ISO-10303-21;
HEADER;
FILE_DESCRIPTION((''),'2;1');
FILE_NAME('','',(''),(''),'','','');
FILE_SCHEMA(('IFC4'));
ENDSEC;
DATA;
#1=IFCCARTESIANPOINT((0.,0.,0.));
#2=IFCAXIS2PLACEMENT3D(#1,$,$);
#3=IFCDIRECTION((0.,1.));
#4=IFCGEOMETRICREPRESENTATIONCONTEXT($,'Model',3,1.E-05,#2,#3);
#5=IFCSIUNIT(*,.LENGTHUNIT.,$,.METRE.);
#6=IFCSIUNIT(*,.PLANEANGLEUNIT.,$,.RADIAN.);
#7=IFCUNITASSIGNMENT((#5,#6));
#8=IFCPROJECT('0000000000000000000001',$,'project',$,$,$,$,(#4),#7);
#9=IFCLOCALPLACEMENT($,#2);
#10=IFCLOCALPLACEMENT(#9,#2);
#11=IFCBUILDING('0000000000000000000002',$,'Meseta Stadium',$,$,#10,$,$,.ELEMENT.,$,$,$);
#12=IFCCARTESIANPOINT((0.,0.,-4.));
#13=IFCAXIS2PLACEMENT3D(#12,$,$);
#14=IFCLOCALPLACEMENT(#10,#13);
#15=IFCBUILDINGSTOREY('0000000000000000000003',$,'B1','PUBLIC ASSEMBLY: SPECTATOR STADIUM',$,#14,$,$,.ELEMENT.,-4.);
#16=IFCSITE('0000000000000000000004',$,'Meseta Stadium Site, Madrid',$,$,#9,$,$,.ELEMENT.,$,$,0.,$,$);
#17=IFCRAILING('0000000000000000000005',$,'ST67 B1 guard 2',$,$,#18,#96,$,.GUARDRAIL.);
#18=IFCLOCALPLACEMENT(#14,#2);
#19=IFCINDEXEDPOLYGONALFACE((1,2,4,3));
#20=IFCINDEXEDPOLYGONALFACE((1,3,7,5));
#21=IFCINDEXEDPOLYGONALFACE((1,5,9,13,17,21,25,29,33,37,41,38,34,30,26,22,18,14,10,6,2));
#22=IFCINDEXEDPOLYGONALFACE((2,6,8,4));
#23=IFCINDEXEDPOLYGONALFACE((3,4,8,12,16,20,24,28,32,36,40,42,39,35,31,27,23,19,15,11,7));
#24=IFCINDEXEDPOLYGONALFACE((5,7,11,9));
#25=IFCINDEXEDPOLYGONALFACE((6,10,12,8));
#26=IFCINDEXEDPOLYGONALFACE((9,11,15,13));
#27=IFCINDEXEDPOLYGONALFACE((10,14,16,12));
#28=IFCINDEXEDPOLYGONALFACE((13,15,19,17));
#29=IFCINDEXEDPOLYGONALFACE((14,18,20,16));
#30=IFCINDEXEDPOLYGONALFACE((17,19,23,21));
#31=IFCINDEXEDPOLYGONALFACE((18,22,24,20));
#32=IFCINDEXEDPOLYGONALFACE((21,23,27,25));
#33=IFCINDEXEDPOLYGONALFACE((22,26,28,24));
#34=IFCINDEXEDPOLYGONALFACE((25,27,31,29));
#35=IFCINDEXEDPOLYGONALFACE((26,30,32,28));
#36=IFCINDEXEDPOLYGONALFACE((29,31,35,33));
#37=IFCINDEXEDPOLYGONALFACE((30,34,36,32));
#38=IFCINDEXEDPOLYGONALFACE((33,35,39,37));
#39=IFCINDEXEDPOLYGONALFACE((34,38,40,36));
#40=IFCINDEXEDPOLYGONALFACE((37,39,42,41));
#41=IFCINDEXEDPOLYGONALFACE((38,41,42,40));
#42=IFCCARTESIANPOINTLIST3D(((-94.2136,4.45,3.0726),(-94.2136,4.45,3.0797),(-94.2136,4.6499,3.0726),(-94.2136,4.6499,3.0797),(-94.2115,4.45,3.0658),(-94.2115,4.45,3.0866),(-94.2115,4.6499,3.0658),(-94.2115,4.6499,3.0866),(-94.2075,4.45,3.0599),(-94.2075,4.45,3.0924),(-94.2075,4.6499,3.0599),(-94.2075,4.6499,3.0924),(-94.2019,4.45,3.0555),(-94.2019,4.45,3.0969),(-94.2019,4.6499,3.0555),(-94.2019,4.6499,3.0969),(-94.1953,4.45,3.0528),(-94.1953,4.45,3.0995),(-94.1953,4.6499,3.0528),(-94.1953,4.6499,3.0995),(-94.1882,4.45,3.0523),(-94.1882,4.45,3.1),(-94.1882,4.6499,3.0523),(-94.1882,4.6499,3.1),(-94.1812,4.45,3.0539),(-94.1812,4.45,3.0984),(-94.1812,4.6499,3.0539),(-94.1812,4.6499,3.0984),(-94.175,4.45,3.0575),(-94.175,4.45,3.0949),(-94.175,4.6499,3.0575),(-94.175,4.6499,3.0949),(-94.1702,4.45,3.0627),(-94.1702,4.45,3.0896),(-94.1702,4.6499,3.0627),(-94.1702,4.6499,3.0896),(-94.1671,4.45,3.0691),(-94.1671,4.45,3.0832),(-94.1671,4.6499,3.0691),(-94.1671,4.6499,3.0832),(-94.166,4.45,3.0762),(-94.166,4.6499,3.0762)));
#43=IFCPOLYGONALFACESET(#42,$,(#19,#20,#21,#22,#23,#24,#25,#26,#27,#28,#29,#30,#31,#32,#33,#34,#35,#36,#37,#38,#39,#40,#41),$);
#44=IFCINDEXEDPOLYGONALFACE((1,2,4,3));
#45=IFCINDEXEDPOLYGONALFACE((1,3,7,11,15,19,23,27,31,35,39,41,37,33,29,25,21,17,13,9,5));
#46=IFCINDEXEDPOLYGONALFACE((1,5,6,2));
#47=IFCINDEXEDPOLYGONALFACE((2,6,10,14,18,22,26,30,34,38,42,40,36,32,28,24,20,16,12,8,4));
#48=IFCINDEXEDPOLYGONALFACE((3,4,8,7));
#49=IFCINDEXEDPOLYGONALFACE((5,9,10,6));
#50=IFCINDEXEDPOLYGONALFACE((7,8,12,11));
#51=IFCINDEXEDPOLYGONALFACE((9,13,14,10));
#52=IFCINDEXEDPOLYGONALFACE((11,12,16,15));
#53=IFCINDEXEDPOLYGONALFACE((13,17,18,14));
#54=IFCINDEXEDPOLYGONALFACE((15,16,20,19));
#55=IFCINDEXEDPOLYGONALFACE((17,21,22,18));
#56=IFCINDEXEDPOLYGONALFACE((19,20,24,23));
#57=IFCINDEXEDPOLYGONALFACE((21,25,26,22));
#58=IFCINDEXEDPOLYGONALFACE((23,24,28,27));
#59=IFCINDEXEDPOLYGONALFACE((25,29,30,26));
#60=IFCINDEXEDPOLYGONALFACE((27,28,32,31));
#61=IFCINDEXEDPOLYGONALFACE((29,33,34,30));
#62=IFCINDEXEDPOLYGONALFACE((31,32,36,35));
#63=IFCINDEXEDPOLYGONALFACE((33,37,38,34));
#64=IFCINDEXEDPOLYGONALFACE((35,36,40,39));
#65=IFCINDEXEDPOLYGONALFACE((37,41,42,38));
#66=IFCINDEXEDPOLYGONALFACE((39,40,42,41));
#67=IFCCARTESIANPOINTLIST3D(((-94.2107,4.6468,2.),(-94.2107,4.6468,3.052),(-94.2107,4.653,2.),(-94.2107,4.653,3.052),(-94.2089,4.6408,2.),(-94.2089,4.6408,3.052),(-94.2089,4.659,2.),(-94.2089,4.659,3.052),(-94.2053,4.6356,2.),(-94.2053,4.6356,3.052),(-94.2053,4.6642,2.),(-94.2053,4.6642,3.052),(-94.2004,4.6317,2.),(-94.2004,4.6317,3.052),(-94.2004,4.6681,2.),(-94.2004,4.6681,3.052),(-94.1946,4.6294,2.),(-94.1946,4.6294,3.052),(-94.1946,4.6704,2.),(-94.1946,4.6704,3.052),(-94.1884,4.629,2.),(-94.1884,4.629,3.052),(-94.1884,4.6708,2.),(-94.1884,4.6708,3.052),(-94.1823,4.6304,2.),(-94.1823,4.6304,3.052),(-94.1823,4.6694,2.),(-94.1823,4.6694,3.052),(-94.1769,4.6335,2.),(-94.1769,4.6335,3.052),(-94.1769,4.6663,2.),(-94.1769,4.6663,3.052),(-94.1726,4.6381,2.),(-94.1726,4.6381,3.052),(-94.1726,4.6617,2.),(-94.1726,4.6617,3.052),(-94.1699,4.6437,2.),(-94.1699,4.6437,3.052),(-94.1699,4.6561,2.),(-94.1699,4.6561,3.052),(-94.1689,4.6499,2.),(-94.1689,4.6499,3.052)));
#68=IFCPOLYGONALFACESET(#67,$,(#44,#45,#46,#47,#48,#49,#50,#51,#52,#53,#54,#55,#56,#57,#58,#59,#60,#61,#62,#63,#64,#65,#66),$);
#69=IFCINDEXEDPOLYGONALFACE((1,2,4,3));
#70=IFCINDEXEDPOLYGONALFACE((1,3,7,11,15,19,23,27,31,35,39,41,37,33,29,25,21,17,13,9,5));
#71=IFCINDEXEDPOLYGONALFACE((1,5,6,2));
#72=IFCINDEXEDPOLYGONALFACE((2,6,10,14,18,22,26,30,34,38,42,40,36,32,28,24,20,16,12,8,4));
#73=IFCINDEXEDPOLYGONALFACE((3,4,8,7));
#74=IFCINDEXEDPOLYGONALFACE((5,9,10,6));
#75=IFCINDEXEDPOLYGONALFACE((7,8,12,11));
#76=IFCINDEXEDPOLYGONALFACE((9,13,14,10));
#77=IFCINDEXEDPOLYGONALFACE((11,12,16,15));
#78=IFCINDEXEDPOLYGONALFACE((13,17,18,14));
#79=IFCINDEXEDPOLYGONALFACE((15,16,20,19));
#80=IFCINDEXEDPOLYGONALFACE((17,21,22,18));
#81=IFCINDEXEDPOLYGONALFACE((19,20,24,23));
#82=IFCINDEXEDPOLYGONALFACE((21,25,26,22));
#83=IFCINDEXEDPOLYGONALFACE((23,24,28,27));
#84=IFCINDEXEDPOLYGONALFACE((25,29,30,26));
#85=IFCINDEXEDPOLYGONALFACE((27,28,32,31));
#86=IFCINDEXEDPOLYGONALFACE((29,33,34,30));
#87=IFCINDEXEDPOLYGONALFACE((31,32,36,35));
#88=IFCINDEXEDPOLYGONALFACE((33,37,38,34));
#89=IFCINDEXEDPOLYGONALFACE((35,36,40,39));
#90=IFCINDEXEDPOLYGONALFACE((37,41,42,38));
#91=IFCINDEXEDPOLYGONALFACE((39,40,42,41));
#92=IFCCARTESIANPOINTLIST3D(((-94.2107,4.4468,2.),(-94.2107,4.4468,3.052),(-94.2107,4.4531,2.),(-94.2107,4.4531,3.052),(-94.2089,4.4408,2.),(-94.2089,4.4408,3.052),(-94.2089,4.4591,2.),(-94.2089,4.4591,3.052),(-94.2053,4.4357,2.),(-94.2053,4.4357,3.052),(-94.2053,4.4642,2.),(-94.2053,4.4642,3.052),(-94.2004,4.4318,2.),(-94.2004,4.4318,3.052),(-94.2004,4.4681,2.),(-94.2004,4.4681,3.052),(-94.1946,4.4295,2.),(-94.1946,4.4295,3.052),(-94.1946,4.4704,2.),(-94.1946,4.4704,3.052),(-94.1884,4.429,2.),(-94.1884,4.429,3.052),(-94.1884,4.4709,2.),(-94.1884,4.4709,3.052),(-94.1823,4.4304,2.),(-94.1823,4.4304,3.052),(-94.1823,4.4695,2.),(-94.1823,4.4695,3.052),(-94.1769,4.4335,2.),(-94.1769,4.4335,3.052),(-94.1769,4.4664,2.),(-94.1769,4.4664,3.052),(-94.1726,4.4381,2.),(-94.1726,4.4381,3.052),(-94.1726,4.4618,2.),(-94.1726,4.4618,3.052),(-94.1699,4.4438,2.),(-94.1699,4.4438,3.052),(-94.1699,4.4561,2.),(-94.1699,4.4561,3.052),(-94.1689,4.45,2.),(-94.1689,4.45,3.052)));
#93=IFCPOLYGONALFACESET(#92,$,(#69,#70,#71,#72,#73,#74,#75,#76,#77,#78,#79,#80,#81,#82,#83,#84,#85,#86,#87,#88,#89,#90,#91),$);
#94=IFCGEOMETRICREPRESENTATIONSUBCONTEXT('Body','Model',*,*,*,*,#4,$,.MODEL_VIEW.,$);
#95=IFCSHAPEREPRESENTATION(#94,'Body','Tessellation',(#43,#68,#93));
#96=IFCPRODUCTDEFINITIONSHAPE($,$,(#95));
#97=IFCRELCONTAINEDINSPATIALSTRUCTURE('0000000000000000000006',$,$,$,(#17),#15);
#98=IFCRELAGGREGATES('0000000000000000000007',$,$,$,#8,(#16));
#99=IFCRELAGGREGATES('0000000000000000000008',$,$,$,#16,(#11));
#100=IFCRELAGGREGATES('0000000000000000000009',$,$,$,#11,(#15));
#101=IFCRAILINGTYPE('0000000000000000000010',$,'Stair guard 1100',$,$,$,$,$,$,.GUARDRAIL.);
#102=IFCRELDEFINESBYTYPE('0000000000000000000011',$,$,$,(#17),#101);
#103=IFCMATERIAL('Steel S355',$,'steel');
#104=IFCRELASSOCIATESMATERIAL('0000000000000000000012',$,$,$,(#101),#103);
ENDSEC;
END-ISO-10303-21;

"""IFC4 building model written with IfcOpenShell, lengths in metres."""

from ifc_helpers import new_model, si_unit, direction, frame, origin, origin_2d, place, context, subcontext, project, spatial, circle, extrude, material, type_object, element, save


model = new_model("IFC4")

# Units and contexts
model_context = context("Model", 3, precision=1e-05, world=origin(), true_north=direction((0.0, 1.0)))
body_context = subcontext(model_context, "Body", "Model", "MODEL_VIEW")
ifc_project = project(units=[si_unit("LENGTHUNIT", "METRE"), si_unit("PLANEANGLEUNIT", "RADIAN")], contexts=[model_context])

# Site, building, storey
site_placement = place(None, origin())
site = spatial("IfcSite", under=ifc_project, at=site_placement, Name="Meseta Stadium Site, Madrid", CompositionType="ELEMENT", RefElevation=0.0)
building_placement = place(site_placement, origin())
building = spatial("IfcBuilding", under=site, at=building_placement, Name="Meseta Stadium", CompositionType="ELEMENT")
storey_placement = place(building_placement, frame((0.0, 0.0, -4.0)))
storey = spatial("IfcBuildingStorey", under=building, at=storey_placement, Name="B1", Description="PUBLIC ASSEMBLY: SPECTATOR STADIUM", CompositionType="ELEMENT", Elevation=-4.0)

# Railing
ifc_material_1 = material(Name="Steel S355", Category="steel")
railing_type_1 = type_object("IfcRailingType", Name="Stair guard 1100", PredefinedType="GUARDRAIL", material=ifc_material_1)
railing_1_placement = place(storey_placement, frame((-94.1899, 4.6499, 2.0)))
element("IfcRailing", 1, at=railing_1_placement, inside=storey, type_object=railing_type_1, Name="ST67 B1 guard 2", PredefinedType="GUARDRAIL", context=body_context, shape_type="SweptSolid", body=[
    extrude(circle(Radius=0.0239, at=origin_2d()), frame((0.0, 0.0, 1.0762), z_axis=(0.0, -1.0, 0.0), x_axis=(1.0, 0.0, 0.0)), (0.0, 0.0, 1.0), 0.2),
    extrude(circle(Radius=0.021, at=origin_2d()), origin(), (0.0, 0.0, 1.0), 1.052),
    extrude(circle(Radius=0.021, at=origin_2d()), frame((0.0, -0.2, 0.0)), (0.0, 0.0, 1.0), 1.052),
])

save(model, "model.ifc")
